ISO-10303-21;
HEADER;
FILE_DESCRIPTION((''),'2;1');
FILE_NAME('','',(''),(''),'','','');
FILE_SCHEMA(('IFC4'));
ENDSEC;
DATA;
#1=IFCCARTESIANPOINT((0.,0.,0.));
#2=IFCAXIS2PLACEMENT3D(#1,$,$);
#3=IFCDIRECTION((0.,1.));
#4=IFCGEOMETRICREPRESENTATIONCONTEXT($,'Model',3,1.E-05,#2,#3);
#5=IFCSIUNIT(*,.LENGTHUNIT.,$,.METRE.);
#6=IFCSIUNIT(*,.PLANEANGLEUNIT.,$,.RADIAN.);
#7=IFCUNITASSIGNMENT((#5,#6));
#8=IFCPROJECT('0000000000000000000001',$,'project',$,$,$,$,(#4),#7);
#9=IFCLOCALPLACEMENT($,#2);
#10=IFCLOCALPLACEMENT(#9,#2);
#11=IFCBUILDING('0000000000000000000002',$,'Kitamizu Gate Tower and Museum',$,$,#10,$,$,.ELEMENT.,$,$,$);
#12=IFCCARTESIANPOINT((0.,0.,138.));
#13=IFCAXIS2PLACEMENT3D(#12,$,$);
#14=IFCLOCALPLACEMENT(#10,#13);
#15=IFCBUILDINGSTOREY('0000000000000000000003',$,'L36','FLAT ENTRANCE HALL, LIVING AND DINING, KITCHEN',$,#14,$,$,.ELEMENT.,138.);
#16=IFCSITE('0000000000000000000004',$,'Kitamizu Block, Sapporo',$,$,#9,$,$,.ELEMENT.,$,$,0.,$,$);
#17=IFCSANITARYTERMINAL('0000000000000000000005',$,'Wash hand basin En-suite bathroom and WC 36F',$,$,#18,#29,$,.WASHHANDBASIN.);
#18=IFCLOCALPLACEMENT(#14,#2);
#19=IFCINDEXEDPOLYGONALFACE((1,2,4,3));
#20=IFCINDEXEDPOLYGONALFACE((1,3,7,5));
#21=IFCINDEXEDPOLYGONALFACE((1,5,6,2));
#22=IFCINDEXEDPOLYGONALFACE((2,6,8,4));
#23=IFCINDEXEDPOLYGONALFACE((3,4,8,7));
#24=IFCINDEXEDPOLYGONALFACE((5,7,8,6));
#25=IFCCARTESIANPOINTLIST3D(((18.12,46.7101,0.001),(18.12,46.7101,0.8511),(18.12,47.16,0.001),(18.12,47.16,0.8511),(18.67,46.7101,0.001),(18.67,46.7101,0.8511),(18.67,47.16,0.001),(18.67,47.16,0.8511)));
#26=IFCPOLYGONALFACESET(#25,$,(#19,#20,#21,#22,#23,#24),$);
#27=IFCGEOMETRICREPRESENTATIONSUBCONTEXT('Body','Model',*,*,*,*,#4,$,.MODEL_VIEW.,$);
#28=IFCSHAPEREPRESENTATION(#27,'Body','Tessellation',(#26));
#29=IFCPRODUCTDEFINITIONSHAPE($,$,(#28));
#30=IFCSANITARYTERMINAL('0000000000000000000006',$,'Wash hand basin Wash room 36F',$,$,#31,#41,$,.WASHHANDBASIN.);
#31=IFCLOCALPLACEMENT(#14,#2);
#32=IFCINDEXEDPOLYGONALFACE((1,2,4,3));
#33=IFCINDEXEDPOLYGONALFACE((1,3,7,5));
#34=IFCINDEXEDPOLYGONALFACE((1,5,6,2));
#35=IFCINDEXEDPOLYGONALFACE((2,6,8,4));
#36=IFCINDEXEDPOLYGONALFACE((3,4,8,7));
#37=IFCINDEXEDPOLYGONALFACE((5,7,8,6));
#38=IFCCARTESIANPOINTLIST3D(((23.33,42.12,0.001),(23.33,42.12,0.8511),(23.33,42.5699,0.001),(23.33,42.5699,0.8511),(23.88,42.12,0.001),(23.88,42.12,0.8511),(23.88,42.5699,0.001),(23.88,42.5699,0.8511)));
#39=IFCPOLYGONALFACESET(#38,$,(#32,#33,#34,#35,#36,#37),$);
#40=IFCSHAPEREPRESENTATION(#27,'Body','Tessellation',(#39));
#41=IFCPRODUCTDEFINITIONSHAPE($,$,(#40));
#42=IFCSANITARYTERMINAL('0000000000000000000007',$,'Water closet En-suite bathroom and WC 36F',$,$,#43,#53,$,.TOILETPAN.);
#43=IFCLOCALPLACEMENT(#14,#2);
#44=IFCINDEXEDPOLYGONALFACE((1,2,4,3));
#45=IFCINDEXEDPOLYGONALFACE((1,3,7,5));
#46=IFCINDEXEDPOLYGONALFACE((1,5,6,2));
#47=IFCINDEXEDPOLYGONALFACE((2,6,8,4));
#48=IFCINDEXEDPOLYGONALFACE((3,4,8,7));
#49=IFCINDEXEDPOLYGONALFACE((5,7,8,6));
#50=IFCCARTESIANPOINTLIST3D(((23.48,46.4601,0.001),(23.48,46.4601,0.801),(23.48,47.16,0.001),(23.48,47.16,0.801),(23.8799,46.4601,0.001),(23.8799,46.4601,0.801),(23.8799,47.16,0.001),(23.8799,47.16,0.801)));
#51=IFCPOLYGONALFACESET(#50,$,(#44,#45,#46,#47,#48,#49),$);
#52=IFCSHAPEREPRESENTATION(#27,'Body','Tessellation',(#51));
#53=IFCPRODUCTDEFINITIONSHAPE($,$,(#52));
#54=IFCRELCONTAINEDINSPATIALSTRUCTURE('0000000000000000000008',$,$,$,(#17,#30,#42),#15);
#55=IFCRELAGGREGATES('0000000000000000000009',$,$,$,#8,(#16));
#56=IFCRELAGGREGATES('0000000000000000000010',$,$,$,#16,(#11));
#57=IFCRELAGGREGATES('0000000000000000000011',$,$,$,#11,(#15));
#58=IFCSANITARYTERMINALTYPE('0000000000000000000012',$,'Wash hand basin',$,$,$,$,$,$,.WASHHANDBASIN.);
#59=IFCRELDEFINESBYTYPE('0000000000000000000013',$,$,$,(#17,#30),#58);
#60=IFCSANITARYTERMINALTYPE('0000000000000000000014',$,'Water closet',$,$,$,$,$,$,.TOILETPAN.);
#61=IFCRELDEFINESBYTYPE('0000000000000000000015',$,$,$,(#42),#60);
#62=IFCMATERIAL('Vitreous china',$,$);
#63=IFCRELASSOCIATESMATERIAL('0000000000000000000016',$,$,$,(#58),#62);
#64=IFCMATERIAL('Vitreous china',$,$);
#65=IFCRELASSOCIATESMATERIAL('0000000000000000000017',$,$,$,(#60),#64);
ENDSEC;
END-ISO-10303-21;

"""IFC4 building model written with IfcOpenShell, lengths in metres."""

from ifc_helpers import new_model, si_unit, direction, frame, origin, origin_2d, place, context, subcontext, project, spatial, rectangle, extrude, material, type_object, element, save


model = new_model("IFC4")

# Units and contexts
model_context = context("Model", 3, precision=1e-05, world=origin(), true_north=direction((0.0, 1.0)))
body_context = subcontext(model_context, "Body", "Model", "MODEL_VIEW")
ifc_project = project(units=[si_unit("LENGTHUNIT", "METRE"), si_unit("PLANEANGLEUNIT", "RADIAN")], contexts=[model_context])

# Site, building, storey
site_placement = place(None, origin())
site = spatial("IfcSite", under=ifc_project, at=site_placement, Name="Kitamizu Block, Sapporo", CompositionType="ELEMENT", RefElevation=0.0)
building_placement = place(site_placement, origin())
building = spatial("IfcBuilding", under=site, at=building_placement, Name="Kitamizu Gate Tower and Museum", CompositionType="ELEMENT")
storey_placement = place(building_placement, frame((0.0, 0.0, 138.0)))
storey = spatial("IfcBuildingStorey", under=building, at=storey_placement, Name="L36", Description="FLAT ENTRANCE HALL, LIVING AND DINING, KITCHEN", CompositionType="ELEMENT", Elevation=138.0)

# Sanitary terminals
ifc_material_1 = material(Name="Vitreous china")
sanitary_terminal_type_1 = type_object("IfcSanitaryTerminalType", Name="Wash hand basin", PredefinedType="WASHHANDBASIN", material=ifc_material_1)
for number, where, z_axis, x_axis, name in (
    (1, (18.395, 46.9351, 0.001), (0.0, 0.0, 1.0), (1.0, 0.0, 0.0), "Wash hand basin En-suite bathroom and WC 36F"),
    (2, (23.605, 42.345, 0.001), (0.0, 0.0, 1.0), (1.0, 0.0, 0.0), "Wash hand basin Wash room 36F"),
):
    element("IfcSanitaryTerminal", number, at=place(storey_placement, frame(where, z_axis=z_axis, x_axis=x_axis)), inside=storey, type_object=sanitary_terminal_type_1, Name=name, PredefinedType="WASHHANDBASIN", context=body_context, shape_type="SweptSolid", body=[
        extrude(rectangle(XDim=0.55, YDim=0.45, at=origin_2d()), origin(), (0.0, 0.0, 1.0), 0.8501),
    ])
ifc_material_2 = material(Name="Vitreous china")
sanitary_terminal_type_2 = type_object("IfcSanitaryTerminalType", Name="Water closet", PredefinedType="TOILETPAN", material=ifc_material_2)
sanitary_terminal_1_placement = place(storey_placement, frame((23.6799, 46.8101, 0.001), z_axis=(0.0, 0.0, 1.0), x_axis=(1.0, 0.0, 0.0)))
element("IfcSanitaryTerminal", 3, at=sanitary_terminal_1_placement, inside=storey, type_object=sanitary_terminal_type_2, Name="Water closet En-suite bathroom and WC 36F", PredefinedType="TOILETPAN", context=body_context, shape_type="SweptSolid", body=[
    extrude(rectangle(XDim=0.3999, YDim=0.7, at=origin_2d()), origin(), (0.0, 0.0, 1.0), 0.8),
])

save(model, "model.ifc")
